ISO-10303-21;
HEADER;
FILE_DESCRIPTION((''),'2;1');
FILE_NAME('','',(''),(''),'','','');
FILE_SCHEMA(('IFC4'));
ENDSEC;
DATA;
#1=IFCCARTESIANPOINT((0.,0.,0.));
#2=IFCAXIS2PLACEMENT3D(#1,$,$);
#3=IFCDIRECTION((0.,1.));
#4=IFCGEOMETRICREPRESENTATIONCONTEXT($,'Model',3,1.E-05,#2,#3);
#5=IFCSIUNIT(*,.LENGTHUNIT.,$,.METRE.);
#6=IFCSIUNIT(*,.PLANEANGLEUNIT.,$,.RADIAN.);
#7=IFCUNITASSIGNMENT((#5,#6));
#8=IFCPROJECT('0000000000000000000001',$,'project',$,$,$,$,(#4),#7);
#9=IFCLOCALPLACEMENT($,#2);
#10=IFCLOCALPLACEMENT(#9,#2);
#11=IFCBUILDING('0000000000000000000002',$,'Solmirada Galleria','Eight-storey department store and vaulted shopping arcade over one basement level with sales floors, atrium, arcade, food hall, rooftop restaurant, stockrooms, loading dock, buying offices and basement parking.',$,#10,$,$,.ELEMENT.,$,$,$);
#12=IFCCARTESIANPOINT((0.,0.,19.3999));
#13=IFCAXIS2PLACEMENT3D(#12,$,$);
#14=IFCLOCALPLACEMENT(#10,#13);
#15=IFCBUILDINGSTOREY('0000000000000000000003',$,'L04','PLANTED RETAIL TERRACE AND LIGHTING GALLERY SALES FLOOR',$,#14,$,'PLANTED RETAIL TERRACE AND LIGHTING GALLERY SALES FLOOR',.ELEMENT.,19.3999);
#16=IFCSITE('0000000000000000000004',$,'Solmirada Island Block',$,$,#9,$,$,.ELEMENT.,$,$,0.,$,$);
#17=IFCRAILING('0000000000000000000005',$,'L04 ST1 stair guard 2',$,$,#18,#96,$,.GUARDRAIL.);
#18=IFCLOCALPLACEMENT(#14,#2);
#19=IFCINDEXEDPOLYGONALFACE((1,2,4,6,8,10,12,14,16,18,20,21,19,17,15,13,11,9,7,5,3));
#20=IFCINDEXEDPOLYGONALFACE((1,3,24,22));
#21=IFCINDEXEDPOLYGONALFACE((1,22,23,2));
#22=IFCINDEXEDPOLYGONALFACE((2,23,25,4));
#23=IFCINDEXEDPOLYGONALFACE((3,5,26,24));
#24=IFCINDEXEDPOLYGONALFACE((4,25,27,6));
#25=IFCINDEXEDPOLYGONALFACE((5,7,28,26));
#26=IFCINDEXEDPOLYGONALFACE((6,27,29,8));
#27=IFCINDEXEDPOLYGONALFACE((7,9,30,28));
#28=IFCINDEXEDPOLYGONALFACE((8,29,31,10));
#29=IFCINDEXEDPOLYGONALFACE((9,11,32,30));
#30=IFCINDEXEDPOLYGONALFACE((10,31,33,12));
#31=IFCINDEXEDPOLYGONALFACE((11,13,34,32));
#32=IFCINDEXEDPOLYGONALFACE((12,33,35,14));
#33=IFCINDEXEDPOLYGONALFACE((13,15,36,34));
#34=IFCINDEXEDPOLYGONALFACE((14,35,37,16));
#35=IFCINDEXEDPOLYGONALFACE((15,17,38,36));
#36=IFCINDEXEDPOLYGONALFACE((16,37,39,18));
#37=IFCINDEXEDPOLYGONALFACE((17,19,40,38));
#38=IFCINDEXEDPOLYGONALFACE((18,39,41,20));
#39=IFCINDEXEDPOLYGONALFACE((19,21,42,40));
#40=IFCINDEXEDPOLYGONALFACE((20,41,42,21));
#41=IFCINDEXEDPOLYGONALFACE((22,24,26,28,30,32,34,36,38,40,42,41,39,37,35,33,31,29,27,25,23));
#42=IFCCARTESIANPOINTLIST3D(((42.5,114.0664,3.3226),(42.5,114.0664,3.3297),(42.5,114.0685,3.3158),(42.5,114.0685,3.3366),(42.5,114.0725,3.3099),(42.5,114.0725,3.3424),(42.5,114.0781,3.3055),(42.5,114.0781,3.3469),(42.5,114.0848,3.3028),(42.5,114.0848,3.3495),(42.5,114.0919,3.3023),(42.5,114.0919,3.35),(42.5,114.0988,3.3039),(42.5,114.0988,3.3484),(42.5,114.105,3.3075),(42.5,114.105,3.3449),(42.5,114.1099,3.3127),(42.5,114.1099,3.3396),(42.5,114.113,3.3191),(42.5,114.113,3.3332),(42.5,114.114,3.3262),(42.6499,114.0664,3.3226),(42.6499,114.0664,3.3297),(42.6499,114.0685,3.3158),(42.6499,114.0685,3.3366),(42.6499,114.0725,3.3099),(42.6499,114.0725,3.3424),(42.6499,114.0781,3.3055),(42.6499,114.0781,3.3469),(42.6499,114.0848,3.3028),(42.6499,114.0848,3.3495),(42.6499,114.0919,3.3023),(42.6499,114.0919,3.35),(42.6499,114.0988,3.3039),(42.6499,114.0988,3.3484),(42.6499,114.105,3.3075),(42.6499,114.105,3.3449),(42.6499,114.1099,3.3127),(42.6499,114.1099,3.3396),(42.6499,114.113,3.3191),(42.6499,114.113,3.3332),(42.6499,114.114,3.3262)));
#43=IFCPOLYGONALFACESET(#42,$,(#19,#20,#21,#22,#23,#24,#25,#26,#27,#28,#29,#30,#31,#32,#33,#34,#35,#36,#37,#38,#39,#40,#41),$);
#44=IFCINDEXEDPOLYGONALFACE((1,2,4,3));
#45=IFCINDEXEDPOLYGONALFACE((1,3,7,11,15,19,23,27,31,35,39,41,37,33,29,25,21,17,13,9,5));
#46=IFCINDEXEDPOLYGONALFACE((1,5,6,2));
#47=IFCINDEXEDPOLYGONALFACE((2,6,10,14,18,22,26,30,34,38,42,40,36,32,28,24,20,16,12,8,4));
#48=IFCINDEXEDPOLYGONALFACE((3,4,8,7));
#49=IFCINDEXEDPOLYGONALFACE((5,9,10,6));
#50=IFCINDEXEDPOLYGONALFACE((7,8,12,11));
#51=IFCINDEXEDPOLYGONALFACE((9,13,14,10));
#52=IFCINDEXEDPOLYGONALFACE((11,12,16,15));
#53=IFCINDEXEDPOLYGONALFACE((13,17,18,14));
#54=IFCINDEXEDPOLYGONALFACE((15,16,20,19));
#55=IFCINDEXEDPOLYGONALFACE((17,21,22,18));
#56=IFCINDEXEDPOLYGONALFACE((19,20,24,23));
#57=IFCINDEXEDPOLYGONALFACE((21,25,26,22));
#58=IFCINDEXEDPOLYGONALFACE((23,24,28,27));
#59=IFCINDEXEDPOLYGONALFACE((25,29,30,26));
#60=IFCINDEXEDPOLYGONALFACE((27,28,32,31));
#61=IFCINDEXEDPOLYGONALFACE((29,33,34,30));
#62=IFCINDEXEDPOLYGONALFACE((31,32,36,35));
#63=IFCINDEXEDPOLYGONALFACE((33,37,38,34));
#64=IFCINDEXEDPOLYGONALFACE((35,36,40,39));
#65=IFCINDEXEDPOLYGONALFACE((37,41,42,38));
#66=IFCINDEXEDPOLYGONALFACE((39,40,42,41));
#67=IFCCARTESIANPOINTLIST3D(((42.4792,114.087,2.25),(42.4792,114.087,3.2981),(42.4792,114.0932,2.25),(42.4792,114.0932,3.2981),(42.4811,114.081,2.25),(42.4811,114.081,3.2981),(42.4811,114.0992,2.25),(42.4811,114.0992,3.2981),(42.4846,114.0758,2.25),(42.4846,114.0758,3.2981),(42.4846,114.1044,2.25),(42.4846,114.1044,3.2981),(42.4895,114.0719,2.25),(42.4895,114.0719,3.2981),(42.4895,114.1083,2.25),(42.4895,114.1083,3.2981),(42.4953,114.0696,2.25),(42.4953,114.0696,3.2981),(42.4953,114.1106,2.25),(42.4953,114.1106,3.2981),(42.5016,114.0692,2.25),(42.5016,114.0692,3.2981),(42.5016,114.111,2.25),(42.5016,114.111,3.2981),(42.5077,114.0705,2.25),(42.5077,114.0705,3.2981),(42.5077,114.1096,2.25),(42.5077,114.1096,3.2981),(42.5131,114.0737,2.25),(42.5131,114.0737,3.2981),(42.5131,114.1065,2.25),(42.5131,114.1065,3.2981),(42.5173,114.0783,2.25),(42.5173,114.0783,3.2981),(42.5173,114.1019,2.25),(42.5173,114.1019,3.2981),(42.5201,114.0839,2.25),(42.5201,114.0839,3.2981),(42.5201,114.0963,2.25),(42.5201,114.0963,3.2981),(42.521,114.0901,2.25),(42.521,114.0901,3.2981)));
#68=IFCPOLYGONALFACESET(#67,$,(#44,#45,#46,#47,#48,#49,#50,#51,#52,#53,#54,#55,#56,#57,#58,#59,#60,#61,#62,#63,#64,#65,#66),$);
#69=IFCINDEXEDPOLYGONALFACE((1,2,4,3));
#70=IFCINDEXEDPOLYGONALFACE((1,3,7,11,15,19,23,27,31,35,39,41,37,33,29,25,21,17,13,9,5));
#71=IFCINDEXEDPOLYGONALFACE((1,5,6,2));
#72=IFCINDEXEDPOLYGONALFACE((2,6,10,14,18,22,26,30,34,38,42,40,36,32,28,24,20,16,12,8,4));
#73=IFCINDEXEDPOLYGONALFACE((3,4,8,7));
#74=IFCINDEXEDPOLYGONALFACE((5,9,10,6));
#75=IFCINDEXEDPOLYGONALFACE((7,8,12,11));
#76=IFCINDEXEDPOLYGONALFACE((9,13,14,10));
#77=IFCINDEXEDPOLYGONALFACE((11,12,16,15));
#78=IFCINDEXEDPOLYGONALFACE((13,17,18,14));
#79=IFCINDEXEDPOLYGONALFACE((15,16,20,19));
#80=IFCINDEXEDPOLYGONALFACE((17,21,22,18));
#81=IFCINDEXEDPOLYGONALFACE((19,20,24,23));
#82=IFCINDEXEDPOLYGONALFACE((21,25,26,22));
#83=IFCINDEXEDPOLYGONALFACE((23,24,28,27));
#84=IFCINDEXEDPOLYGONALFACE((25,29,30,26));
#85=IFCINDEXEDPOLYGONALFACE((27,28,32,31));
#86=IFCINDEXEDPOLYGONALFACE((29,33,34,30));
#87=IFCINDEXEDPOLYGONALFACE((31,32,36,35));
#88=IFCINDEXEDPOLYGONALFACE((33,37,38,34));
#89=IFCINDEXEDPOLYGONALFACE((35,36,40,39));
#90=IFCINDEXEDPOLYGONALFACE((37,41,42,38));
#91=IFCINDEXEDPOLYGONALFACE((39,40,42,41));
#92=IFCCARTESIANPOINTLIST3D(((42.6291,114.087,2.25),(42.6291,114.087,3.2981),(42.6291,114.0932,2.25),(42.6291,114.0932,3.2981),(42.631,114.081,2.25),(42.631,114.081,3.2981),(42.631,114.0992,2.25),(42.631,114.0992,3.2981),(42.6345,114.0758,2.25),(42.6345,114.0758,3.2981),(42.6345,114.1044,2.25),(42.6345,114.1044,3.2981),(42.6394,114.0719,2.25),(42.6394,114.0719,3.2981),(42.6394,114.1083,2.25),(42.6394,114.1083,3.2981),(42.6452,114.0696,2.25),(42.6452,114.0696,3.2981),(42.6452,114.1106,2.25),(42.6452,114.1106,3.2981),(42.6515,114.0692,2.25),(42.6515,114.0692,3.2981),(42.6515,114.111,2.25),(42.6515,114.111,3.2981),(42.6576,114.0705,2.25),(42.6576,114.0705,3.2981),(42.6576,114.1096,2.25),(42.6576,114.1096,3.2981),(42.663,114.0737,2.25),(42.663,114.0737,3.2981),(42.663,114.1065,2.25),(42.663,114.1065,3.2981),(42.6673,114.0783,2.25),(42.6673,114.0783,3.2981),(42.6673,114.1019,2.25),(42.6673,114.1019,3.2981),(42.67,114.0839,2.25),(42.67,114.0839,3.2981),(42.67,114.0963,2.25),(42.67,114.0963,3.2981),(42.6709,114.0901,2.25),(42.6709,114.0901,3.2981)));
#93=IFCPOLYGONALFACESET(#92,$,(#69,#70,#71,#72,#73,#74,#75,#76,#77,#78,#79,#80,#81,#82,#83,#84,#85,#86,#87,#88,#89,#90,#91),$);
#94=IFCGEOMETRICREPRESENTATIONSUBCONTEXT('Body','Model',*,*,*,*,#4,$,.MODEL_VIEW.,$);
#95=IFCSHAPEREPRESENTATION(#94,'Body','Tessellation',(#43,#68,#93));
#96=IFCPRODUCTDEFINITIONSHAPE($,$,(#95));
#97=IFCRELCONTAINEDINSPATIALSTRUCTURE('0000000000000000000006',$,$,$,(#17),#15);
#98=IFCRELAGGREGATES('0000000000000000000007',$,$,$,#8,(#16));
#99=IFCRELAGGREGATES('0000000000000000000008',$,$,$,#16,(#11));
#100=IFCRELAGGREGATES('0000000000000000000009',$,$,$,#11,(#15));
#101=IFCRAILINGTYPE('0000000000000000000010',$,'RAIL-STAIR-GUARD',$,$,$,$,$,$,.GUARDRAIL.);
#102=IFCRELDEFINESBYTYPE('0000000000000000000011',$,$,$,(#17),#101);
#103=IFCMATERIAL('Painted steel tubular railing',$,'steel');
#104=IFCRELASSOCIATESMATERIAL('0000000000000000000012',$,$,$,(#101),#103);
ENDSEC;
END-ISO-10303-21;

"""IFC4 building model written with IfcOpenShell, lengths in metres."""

from ifc_helpers import new_model, si_unit, direction, frame, origin, origin_2d, place, context, subcontext, project, spatial, circle, extrude, material, type_object, element, save


model = new_model("IFC4")

# Units and contexts
model_context = context("Model", 3, precision=1e-05, world=origin(), true_north=direction((0.0, 1.0)))
body_context = subcontext(model_context, "Body", "Model", "MODEL_VIEW")
ifc_project = project(units=[si_unit("LENGTHUNIT", "METRE"), si_unit("PLANEANGLEUNIT", "RADIAN")], contexts=[model_context])

# Site, building, storey
site_placement = place(None, origin())
site = spatial("IfcSite", under=ifc_project, at=site_placement, Name="Solmirada Island Block", CompositionType="ELEMENT", RefElevation=0.0)
building_placement = place(site_placement, origin())
building = spatial("IfcBuilding", under=site, at=building_placement, Name="Solmirada Galleria", Description="Eight-storey department store and vaulted shopping arcade over one basement level with sales floors, atrium, arcade, food hall, rooftop restaurant, stockrooms, loading dock, buying offices and basement parking.", CompositionType="ELEMENT")
storey_placement = place(building_placement, frame((0.0, 0.0, 19.3999)))
storey = spatial("IfcBuildingStorey", under=building, at=storey_placement, Name="L04", Description="PLANTED RETAIL TERRACE AND LIGHTING GALLERY SALES FLOOR", LongName="PLANTED RETAIL TERRACE AND LIGHTING GALLERY SALES FLOOR", CompositionType="ELEMENT", Elevation=19.3999)

# Railing
ifc_material_1 = material(Name="Painted steel tubular railing", Category="steel")
railing_type_1 = type_object("IfcRailingType", Name="RAIL-STAIR-GUARD", PredefinedType="GUARDRAIL", material=ifc_material_1)
railing_1_placement = place(storey_placement, frame((42.5, 114.0901, 2.25)))
element("IfcRailing", 1, at=railing_1_placement, inside=storey, type_object=railing_type_1, Name="L04 ST1 stair guard 2", PredefinedType="GUARDRAIL", context=body_context, shape_type="SweptSolid", body=[
    extrude(circle(Radius=0.0239, at=origin_2d()), frame((0.0, 0.0, 1.0762), z_axis=(1.0, 0.0, 0.0), x_axis=(0.0, 1.0, 0.0)), (0.0, 0.0, 1.0), 0.1499),
    extrude(circle(Radius=0.021, at=origin_2d()), origin(), (0.0, 0.0, 1.0), 1.0481),
    extrude(circle(Radius=0.021, at=origin_2d()), frame((0.1499, 0.0, 0.0)), (0.0, 0.0, 1.0), 1.0481),
])

save(model, "model.ifc")
